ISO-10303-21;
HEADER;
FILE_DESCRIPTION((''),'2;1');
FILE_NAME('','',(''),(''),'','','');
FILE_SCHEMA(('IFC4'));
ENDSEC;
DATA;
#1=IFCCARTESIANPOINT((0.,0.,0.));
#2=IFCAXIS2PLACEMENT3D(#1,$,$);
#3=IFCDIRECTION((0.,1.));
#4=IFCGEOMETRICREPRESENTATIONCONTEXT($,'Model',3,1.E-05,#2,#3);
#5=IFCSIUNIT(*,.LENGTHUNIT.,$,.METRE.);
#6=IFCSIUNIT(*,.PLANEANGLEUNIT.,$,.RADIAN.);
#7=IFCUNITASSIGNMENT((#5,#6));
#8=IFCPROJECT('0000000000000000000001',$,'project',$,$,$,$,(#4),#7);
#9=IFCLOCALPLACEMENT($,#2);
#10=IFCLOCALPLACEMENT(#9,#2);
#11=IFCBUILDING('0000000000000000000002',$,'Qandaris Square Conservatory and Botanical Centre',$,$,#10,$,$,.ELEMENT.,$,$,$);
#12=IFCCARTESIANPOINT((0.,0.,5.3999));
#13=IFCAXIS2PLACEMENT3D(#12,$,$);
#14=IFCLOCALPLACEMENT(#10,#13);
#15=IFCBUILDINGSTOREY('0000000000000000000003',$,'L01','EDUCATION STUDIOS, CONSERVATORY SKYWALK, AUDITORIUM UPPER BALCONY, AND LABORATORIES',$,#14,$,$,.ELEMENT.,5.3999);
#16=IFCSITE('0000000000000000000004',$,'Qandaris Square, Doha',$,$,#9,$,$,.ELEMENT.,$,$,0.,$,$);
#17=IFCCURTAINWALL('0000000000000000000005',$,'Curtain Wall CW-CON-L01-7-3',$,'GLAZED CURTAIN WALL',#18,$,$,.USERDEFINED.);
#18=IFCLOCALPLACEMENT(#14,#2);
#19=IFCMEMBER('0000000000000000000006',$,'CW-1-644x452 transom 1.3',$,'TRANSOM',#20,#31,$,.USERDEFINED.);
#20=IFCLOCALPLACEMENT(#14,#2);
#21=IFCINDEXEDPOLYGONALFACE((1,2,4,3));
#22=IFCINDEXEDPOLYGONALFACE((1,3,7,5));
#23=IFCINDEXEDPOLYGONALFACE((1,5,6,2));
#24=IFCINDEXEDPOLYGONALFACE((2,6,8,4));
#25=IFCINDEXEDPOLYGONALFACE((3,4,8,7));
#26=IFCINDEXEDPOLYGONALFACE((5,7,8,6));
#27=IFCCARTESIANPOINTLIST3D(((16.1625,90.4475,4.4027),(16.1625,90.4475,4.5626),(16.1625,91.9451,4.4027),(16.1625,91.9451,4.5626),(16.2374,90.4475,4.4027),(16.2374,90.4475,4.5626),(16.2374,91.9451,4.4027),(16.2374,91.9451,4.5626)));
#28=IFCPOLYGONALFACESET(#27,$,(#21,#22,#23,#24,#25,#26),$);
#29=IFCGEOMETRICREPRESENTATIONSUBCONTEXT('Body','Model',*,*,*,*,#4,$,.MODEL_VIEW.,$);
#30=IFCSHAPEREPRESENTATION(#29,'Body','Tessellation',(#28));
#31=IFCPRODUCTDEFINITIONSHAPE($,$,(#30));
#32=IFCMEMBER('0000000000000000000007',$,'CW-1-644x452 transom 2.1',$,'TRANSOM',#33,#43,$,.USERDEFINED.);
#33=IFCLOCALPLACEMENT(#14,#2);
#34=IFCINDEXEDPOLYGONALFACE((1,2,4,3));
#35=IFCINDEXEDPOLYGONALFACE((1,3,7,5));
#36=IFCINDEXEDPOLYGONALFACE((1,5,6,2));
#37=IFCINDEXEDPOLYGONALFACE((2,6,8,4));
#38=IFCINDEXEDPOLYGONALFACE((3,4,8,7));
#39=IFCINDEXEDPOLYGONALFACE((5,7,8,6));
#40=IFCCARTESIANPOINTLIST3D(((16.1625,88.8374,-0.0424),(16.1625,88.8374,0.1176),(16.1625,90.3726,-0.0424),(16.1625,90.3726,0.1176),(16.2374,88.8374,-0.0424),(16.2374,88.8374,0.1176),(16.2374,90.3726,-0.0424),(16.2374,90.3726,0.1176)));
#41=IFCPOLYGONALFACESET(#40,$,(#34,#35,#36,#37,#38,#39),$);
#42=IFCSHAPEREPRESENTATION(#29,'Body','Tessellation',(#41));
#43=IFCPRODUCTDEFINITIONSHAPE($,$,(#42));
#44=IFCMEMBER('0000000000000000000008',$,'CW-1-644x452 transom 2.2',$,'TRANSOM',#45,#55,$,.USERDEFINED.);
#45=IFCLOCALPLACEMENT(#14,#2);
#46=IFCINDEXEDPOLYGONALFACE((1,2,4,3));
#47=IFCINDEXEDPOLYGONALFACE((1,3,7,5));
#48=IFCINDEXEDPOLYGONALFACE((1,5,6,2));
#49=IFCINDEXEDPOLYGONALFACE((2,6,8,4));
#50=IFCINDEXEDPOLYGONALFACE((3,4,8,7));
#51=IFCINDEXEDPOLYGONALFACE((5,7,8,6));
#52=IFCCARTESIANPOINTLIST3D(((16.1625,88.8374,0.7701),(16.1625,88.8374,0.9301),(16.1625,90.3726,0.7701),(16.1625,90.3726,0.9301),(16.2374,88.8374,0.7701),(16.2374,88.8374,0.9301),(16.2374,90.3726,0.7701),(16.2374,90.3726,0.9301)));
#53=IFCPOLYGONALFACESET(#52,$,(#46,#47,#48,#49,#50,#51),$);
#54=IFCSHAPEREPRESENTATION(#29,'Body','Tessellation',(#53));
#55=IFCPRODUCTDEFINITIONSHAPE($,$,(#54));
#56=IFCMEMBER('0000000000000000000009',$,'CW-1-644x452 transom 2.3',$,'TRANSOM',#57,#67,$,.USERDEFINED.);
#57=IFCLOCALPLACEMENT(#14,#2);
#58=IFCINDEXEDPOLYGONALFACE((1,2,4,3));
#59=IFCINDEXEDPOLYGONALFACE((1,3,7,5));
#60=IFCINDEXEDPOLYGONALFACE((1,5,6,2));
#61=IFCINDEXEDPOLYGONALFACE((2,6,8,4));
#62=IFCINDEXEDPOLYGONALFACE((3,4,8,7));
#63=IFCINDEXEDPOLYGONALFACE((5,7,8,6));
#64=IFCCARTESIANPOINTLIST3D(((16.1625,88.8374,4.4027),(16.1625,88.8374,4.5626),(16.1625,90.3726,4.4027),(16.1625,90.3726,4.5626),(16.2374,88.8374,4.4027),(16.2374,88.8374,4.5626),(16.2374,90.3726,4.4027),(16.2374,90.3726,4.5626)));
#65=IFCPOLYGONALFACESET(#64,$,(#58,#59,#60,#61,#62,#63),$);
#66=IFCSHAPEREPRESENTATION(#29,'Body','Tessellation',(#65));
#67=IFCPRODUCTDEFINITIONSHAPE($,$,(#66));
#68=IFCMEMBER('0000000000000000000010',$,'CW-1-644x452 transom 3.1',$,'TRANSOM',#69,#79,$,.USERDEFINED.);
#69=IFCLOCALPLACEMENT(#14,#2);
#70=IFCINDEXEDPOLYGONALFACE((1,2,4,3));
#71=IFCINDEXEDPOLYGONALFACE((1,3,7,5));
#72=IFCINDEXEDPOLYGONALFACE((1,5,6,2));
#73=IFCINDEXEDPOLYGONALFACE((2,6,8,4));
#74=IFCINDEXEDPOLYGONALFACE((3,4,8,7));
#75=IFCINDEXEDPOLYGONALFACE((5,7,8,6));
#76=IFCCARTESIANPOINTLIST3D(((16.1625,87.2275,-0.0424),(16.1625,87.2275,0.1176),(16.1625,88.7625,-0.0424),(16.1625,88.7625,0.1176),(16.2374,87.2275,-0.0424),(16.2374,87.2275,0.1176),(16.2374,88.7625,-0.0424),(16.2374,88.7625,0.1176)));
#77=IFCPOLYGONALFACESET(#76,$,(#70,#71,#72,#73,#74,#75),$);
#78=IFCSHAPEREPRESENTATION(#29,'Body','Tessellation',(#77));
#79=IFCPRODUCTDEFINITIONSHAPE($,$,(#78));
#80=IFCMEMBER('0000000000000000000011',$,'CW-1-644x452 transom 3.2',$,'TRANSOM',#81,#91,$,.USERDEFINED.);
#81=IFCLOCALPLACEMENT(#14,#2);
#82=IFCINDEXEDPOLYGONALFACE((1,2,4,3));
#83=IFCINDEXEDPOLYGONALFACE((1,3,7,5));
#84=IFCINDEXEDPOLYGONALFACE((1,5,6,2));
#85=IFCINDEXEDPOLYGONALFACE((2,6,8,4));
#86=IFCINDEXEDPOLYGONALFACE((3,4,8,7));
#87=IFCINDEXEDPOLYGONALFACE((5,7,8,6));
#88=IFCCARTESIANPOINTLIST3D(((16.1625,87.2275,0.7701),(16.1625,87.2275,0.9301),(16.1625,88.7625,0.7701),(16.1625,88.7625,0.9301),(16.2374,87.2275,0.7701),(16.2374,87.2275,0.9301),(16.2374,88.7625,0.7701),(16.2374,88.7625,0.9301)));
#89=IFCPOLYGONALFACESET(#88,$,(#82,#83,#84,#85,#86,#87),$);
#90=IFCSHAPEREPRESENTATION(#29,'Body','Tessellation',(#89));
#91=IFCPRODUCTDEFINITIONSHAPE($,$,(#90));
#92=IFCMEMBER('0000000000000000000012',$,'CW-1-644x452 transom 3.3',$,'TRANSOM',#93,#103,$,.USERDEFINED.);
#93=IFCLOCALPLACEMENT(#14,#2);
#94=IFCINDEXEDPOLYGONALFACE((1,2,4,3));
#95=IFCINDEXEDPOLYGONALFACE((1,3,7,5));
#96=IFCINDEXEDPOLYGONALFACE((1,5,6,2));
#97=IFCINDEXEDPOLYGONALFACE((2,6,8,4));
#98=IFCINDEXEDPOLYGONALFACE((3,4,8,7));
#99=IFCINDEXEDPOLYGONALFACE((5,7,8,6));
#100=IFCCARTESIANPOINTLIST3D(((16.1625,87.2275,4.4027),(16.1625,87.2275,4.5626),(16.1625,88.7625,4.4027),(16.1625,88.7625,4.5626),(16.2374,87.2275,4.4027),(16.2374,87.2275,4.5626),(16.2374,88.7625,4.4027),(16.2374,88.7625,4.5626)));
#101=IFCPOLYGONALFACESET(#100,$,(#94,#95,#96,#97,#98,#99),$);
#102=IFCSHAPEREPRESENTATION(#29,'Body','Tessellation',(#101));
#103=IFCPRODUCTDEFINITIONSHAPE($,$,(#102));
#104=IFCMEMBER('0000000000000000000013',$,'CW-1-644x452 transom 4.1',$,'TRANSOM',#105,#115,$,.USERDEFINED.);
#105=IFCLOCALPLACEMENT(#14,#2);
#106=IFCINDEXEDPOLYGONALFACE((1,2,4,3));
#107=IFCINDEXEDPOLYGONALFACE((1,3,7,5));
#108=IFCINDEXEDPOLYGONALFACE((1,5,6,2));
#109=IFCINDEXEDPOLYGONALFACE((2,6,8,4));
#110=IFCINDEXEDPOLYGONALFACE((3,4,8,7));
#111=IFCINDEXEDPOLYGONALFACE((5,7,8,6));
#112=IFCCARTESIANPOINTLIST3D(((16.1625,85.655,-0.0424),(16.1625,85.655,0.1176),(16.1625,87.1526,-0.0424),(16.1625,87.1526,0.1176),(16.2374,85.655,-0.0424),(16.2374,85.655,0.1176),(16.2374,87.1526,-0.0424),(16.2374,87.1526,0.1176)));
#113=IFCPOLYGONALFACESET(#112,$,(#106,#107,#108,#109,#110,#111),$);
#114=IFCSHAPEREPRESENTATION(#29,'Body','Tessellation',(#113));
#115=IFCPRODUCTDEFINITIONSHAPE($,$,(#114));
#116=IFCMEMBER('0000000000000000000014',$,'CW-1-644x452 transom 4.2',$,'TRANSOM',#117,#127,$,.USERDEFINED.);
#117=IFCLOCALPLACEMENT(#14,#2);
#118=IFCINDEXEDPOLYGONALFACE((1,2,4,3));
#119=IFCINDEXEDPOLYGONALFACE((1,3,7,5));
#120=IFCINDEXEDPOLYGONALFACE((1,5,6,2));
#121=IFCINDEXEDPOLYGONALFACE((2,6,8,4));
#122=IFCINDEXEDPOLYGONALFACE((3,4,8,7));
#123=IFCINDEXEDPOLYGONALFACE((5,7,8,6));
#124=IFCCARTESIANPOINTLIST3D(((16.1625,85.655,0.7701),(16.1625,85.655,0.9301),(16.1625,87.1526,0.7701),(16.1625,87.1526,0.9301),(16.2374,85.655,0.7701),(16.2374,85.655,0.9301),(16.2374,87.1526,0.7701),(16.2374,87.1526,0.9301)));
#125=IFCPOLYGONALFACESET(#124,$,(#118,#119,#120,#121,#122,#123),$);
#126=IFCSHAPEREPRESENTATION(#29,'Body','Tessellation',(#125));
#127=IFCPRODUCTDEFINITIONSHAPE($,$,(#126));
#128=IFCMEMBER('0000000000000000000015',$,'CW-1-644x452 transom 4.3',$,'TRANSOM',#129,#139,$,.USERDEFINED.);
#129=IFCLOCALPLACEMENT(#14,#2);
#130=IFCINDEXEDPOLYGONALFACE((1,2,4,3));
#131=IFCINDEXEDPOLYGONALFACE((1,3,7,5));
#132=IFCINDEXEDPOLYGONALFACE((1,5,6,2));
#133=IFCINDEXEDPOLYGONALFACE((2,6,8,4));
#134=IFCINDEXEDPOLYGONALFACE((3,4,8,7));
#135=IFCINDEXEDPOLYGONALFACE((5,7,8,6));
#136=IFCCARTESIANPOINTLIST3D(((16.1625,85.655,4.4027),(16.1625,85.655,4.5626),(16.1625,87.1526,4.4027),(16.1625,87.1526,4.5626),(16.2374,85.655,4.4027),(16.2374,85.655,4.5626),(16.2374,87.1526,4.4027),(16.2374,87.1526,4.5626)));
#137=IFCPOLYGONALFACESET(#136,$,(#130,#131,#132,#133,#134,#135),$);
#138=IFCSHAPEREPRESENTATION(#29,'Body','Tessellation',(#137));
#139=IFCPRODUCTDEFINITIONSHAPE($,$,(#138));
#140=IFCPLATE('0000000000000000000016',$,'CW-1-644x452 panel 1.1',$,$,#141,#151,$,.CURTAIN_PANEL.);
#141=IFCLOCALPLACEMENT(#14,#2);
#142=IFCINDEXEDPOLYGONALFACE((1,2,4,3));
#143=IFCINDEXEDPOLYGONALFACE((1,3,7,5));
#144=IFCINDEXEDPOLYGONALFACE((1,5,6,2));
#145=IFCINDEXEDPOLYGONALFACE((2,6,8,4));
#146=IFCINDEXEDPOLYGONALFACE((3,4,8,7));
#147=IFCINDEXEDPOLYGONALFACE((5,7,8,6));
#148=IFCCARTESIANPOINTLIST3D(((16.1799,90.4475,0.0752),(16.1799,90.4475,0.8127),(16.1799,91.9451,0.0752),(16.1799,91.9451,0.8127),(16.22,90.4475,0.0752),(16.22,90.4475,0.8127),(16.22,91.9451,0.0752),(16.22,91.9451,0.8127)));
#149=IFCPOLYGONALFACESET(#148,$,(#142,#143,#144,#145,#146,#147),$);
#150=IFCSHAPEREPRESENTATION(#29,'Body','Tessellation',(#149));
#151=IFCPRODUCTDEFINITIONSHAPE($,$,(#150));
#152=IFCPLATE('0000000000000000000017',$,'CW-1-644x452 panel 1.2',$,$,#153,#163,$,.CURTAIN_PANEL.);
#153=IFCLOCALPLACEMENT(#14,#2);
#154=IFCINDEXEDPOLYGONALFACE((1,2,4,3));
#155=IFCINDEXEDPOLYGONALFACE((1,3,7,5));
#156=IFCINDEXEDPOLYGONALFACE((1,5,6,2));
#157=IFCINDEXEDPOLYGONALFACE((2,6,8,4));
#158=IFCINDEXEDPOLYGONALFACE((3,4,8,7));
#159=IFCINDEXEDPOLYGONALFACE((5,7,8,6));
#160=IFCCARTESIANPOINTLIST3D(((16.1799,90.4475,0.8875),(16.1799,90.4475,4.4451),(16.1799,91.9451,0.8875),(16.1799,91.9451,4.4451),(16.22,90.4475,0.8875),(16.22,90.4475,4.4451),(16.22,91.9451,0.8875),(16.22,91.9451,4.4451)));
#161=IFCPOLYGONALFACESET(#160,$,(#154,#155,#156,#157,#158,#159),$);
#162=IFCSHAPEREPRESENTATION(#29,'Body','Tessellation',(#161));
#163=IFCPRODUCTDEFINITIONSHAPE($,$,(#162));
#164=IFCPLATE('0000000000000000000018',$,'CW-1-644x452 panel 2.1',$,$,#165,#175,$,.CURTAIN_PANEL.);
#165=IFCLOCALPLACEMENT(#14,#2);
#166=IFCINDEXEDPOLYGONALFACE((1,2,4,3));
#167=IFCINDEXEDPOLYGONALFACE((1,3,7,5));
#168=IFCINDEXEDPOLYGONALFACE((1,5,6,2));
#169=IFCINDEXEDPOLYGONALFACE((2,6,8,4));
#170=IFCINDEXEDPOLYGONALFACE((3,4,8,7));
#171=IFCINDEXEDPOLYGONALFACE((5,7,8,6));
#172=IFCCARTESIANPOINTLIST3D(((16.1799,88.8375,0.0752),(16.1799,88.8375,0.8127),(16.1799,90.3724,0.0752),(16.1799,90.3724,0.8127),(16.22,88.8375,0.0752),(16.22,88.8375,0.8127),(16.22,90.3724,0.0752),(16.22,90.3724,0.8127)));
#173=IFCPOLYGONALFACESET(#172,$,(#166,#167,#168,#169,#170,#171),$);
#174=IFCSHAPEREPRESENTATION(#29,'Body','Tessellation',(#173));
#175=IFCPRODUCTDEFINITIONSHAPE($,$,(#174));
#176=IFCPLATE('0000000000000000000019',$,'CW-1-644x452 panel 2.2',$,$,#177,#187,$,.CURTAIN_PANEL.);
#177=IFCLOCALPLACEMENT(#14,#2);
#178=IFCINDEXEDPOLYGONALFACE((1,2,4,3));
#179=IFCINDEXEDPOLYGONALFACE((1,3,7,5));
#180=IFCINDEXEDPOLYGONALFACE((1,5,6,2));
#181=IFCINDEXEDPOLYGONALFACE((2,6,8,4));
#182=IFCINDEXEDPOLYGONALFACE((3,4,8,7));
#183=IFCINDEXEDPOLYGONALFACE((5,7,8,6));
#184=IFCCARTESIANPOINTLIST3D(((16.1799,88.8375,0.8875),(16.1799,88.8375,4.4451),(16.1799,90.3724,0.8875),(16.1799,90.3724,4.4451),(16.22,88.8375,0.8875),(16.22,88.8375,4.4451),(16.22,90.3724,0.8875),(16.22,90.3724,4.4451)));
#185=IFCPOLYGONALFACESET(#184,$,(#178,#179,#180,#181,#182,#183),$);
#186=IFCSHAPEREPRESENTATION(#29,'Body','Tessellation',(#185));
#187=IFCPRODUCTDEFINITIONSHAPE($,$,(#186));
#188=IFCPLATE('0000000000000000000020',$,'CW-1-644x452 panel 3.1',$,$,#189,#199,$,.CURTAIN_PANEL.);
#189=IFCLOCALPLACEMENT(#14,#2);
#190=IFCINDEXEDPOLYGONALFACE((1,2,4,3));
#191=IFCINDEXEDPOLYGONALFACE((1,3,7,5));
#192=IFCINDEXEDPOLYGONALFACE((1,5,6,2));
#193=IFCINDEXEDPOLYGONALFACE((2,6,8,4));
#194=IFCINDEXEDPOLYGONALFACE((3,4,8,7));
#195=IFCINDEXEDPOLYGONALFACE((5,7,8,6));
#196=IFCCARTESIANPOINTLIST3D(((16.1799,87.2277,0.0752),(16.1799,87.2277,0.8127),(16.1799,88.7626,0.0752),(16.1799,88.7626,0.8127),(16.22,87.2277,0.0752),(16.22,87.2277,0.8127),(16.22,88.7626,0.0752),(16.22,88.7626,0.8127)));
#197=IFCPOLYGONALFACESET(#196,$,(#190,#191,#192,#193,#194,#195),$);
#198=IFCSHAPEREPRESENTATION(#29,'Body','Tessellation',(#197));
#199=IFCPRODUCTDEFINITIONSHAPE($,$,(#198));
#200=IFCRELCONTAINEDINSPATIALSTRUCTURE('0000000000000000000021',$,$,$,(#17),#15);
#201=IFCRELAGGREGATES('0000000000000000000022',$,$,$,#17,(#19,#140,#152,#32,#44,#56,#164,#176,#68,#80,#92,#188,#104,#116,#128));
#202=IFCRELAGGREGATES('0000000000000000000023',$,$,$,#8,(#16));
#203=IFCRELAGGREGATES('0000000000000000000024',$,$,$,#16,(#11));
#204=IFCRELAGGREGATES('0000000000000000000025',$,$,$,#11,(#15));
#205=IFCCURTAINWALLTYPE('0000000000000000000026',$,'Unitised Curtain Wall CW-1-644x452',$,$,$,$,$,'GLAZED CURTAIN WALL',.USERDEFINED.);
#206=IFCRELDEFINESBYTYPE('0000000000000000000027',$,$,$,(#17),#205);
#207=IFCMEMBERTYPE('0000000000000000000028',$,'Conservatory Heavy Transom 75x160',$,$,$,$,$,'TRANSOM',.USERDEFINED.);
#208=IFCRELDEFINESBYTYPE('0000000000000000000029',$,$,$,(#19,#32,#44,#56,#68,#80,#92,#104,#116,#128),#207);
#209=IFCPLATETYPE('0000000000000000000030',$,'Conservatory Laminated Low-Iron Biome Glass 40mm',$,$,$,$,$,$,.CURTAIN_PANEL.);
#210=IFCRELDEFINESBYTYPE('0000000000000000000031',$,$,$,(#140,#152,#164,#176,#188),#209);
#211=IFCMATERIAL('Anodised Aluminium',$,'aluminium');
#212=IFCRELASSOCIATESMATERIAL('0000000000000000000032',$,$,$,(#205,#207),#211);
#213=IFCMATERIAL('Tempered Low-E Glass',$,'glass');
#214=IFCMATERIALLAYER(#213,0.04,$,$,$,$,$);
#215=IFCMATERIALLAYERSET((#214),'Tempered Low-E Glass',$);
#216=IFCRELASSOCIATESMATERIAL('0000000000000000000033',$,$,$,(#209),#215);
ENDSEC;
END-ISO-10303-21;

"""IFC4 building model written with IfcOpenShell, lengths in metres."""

from ifc_helpers import new_model, si_unit, direction, frame, origin, origin_2d, place, context, subcontext, project, spatial, rectangle, extrude, material, layer, layer_set, material_profile, profile_set, type_object, element, aggregate, save


model = new_model("IFC4")

# Units and contexts
model_context = context("Model", 3, precision=1e-05, world=origin(), true_north=direction((0.0, 1.0)))
body_context = subcontext(model_context, "Body", "Model", "MODEL_VIEW")
ifc_project = project(units=[si_unit("LENGTHUNIT", "METRE"), si_unit("PLANEANGLEUNIT", "RADIAN")], contexts=[model_context])

# Site, building, storey
site_placement = place(None, origin())
site = spatial("IfcSite", under=ifc_project, at=site_placement, Name="Qandaris Square, Doha", CompositionType="ELEMENT", RefElevation=0.0)
building_placement = place(site_placement, origin())
building = spatial("IfcBuilding", under=site, at=building_placement, Name="Qandaris Square Conservatory and Botanical Centre", CompositionType="ELEMENT")
storey_placement = place(building_placement, frame((0.0, 0.0, 5.3999)))
storey = spatial("IfcBuildingStorey", under=building, at=storey_placement, Name="L01", Description="EDUCATION STUDIOS, CONSERVATORY SKYWALK, AUDITORIUM UPPER BALCONY, AND LABORATORIES", CompositionType="ELEMENT", Elevation=5.3999)

# Shared definitions
ifc_material_1 = material(Name="Anodised Aluminium", Category="aluminium")
curtain_wall_type = type_object("IfcCurtainWallType", Name="Unitised Curtain Wall CW-1-644x452", ElementType="GLAZED CURTAIN WALL", PredefinedType="USERDEFINED", material=ifc_material_1)

# Curtain wall, members, plates
curtain_wall_1_placement = place(storey_placement, origin())
curtain_wall_1 = element("IfcCurtainWall", 1, at=curtain_wall_1_placement, inside=storey, type_object=curtain_wall_type, Name="Curtain Wall CW-CON-L01-7-3", ObjectType="GLAZED CURTAIN WALL", PredefinedType="USERDEFINED")
ifc_material_profile_1 = material_profile(ifc_material_1, rectangle(XDim=0.075, YDim=0.1599, at=origin_2d()), Name="ALU-TRN 75x160")
ifc_profile_set_1 = profile_set([ifc_material_profile_1], Name="Anodised Aluminium")
member_type_1 = type_object("IfcMemberType", Name="Conservatory Heavy Transom 75x160", ElementType="TRANSOM", PredefinedType="USERDEFINED", material=ifc_profile_set_1)
member_1_placement = place(storey_placement, frame((16.2, 91.9451, 4.4827), z_axis=(0.0, -1.0, 0.0), x_axis=(1.0, 0.0, 0.0)))
member_1 = element("IfcMember", 2, at=member_1_placement, type_object=member_type_1, Name="CW-1-644x452 transom 1.3", ObjectType="TRANSOM", PredefinedType="USERDEFINED", context=body_context, shape_type="SweptSolid", body=[
    extrude(rectangle(XDim=0.075, YDim=0.1599, at=origin_2d()), origin(), (0.0, 0.0, 1.0), 1.4976),
])
member_2_placement = place(storey_placement, frame((16.2, 90.3726, 0.0376), z_axis=(0.0, -1.0, 0.0), x_axis=(1.0, 0.0, 0.0)))
member_2 = element("IfcMember", 3, at=member_2_placement, type_object=member_type_1, Name="CW-1-644x452 transom 2.1", ObjectType="TRANSOM", PredefinedType="USERDEFINED", context=body_context, shape_type="SweptSolid", body=[
    extrude(rectangle(XDim=0.075, YDim=0.1599, at=origin_2d()), origin(), (0.0, 0.0, 1.0), 1.5352),
])
member_3_placement = place(storey_placement, frame((16.2, 90.3726, 0.8501), z_axis=(0.0, -1.0, 0.0), x_axis=(1.0, 0.0, 0.0)))
member_3 = element("IfcMember", 4, at=member_3_placement, type_object=member_type_1, Name="CW-1-644x452 transom 2.2", ObjectType="TRANSOM", PredefinedType="USERDEFINED", context=body_context, shape_type="SweptSolid", body=[
    extrude(rectangle(XDim=0.075, YDim=0.1599, at=origin_2d()), origin(), (0.0, 0.0, 1.0), 1.5352),
])
member_4_placement = place(storey_placement, frame((16.2, 90.3726, 4.4827), z_axis=(0.0, -1.0, 0.0), x_axis=(1.0, 0.0, 0.0)))
member_4 = element("IfcMember", 5, at=member_4_placement, type_object=member_type_1, Name="CW-1-644x452 transom 2.3", ObjectType="TRANSOM", PredefinedType="USERDEFINED", context=body_context, shape_type="SweptSolid", body=[
    extrude(rectangle(XDim=0.075, YDim=0.1599, at=origin_2d()), origin(), (0.0, 0.0, 1.0), 1.5352),
])
member_5_placement = place(storey_placement, frame((16.2, 88.7625, 0.0376), z_axis=(0.0, -1.0, 0.0), x_axis=(1.0, 0.0, 0.0)))
member_5 = element("IfcMember", 6, at=member_5_placement, type_object=member_type_1, Name="CW-1-644x452 transom 3.1", ObjectType="TRANSOM", PredefinedType="USERDEFINED", context=body_context, shape_type="SweptSolid", body=[
    extrude(rectangle(XDim=0.075, YDim=0.1599, at=origin_2d()), origin(), (0.0, 0.0, 1.0), 1.5349),
])
member_6_placement = place(storey_placement, frame((16.2, 88.7625, 0.8501), z_axis=(0.0, -1.0, 0.0), x_axis=(1.0, 0.0, 0.0)))
member_6 = element("IfcMember", 7, at=member_6_placement, type_object=member_type_1, Name="CW-1-644x452 transom 3.2", ObjectType="TRANSOM", PredefinedType="USERDEFINED", context=body_context, shape_type="SweptSolid", body=[
    extrude(rectangle(XDim=0.075, YDim=0.1599, at=origin_2d()), origin(), (0.0, 0.0, 1.0), 1.5349),
])
member_7_placement = place(storey_placement, frame((16.2, 88.7625, 4.4827), z_axis=(0.0, -1.0, 0.0), x_axis=(1.0, 0.0, 0.0)))
member_7 = element("IfcMember", 8, at=member_7_placement, type_object=member_type_1, Name="CW-1-644x452 transom 3.3", ObjectType="TRANSOM", PredefinedType="USERDEFINED", context=body_context, shape_type="SweptSolid", body=[
    extrude(rectangle(XDim=0.075, YDim=0.1599, at=origin_2d()), origin(), (0.0, 0.0, 1.0), 1.5349),
])
member_8_placement = place(storey_placement, frame((16.2, 87.1526, 0.0376), z_axis=(0.0, -1.0, 0.0), x_axis=(1.0, 0.0, 0.0)))
member_8 = element("IfcMember", 9, at=member_8_placement, type_object=member_type_1, Name="CW-1-644x452 transom 4.1", ObjectType="TRANSOM", PredefinedType="USERDEFINED", context=body_context, shape_type="SweptSolid", body=[
    extrude(rectangle(XDim=0.075, YDim=0.1599, at=origin_2d()), origin(), (0.0, 0.0, 1.0), 1.4976),
])
member_9_placement = place(storey_placement, frame((16.2, 87.1526, 0.8501), z_axis=(0.0, -1.0, 0.0), x_axis=(1.0, 0.0, 0.0)))
member_9 = element("IfcMember", 10, at=member_9_placement, type_object=member_type_1, Name="CW-1-644x452 transom 4.2", ObjectType="TRANSOM", PredefinedType="USERDEFINED", context=body_context, shape_type="SweptSolid", body=[
    extrude(rectangle(XDim=0.075, YDim=0.1599, at=origin_2d()), origin(), (0.0, 0.0, 1.0), 1.4976),
])
member_10_placement = place(storey_placement, frame((16.2, 87.1526, 4.4827), z_axis=(0.0, -1.0, 0.0), x_axis=(1.0, 0.0, 0.0)))
member_10 = element("IfcMember", 11, at=member_10_placement, type_object=member_type_1, Name="CW-1-644x452 transom 4.3", ObjectType="TRANSOM", PredefinedType="USERDEFINED", context=body_context, shape_type="SweptSolid", body=[
    extrude(rectangle(XDim=0.075, YDim=0.1599, at=origin_2d()), origin(), (0.0, 0.0, 1.0), 1.4976),
])
ifc_material_2 = material(Name="Tempered Low-E Glass", Category="glass")
ifc_layer_1 = layer(ifc_material_2, 0.04)
ifc_layer_set_1 = layer_set([ifc_layer_1], Name="Tempered Low-E Glass")
plate_type_1 = type_object("IfcPlateType", Name="Conservatory Laminated Low-Iron Biome Glass 40mm", PredefinedType="CURTAIN_PANEL", material=ifc_layer_set_1)
plate_1_placement = place(storey_placement, frame((16.2, 91.1963, 0.0752), z_axis=(0.0, 0.0, 1.0), x_axis=(0.0, -1.0, 0.0)))
plate_1 = element("IfcPlate", 12, at=plate_1_placement, type_object=plate_type_1, Name="CW-1-644x452 panel 1.1", PredefinedType="CURTAIN_PANEL", context=body_context, shape_type="SweptSolid", body=[
    extrude(rectangle(XDim=1.4976, YDim=0.04, at=origin_2d()), origin(), (0.0, 0.0, 1.0), 0.7375),
])
plate_2_placement = place(storey_placement, frame((16.2, 91.1963, 0.8875), z_axis=(0.0, 0.0, 1.0), x_axis=(0.0, -1.0, 0.0)))
plate_2 = element("IfcPlate", 13, at=plate_2_placement, type_object=plate_type_1, Name="CW-1-644x452 panel 1.2", PredefinedType="CURTAIN_PANEL", context=body_context, shape_type="SweptSolid", body=[
    extrude(rectangle(XDim=1.4976, YDim=0.04, at=origin_2d()), origin(), (0.0, 0.0, 1.0), 3.5576),
])
plate_3_placement = place(storey_placement, frame((16.2, 89.605, 0.0752), z_axis=(0.0, 0.0, 1.0), x_axis=(0.0, -1.0, 0.0)))
plate_3 = element("IfcPlate", 14, at=plate_3_placement, type_object=plate_type_1, Name="CW-1-644x452 panel 2.1", PredefinedType="CURTAIN_PANEL", context=body_context, shape_type="SweptSolid", body=[
    extrude(rectangle(XDim=1.5349, YDim=0.04, at=origin_2d()), origin(), (0.0, 0.0, 1.0), 0.7375),
])
plate_4_placement = place(storey_placement, frame((16.2, 89.605, 0.8875), z_axis=(0.0, 0.0, 1.0), x_axis=(0.0, -1.0, 0.0)))
plate_4 = element("IfcPlate", 15, at=plate_4_placement, type_object=plate_type_1, Name="CW-1-644x452 panel 2.2", PredefinedType="CURTAIN_PANEL", context=body_context, shape_type="SweptSolid", body=[
    extrude(rectangle(XDim=1.5349, YDim=0.04, at=origin_2d()), origin(), (0.0, 0.0, 1.0), 3.5576),
])
plate_5_placement = place(storey_placement, frame((16.2, 87.9951, 0.0752), z_axis=(0.0, 0.0, 1.0), x_axis=(0.0, -1.0, 0.0)))
plate_5 = element("IfcPlate", 16, at=plate_5_placement, type_object=plate_type_1, Name="CW-1-644x452 panel 3.1", PredefinedType="CURTAIN_PANEL", context=body_context, shape_type="SweptSolid", body=[
    extrude(rectangle(XDim=1.5349, YDim=0.04, at=origin_2d()), origin(), (0.0, 0.0, 1.0), 0.7375),
])
aggregate(curtain_wall_1, [member_1, plate_1, plate_2, member_2, member_3, member_4, plate_3, plate_4, member_5, member_6, member_7, plate_5, member_8, member_9, member_10])

save(model, "model.ifc")
